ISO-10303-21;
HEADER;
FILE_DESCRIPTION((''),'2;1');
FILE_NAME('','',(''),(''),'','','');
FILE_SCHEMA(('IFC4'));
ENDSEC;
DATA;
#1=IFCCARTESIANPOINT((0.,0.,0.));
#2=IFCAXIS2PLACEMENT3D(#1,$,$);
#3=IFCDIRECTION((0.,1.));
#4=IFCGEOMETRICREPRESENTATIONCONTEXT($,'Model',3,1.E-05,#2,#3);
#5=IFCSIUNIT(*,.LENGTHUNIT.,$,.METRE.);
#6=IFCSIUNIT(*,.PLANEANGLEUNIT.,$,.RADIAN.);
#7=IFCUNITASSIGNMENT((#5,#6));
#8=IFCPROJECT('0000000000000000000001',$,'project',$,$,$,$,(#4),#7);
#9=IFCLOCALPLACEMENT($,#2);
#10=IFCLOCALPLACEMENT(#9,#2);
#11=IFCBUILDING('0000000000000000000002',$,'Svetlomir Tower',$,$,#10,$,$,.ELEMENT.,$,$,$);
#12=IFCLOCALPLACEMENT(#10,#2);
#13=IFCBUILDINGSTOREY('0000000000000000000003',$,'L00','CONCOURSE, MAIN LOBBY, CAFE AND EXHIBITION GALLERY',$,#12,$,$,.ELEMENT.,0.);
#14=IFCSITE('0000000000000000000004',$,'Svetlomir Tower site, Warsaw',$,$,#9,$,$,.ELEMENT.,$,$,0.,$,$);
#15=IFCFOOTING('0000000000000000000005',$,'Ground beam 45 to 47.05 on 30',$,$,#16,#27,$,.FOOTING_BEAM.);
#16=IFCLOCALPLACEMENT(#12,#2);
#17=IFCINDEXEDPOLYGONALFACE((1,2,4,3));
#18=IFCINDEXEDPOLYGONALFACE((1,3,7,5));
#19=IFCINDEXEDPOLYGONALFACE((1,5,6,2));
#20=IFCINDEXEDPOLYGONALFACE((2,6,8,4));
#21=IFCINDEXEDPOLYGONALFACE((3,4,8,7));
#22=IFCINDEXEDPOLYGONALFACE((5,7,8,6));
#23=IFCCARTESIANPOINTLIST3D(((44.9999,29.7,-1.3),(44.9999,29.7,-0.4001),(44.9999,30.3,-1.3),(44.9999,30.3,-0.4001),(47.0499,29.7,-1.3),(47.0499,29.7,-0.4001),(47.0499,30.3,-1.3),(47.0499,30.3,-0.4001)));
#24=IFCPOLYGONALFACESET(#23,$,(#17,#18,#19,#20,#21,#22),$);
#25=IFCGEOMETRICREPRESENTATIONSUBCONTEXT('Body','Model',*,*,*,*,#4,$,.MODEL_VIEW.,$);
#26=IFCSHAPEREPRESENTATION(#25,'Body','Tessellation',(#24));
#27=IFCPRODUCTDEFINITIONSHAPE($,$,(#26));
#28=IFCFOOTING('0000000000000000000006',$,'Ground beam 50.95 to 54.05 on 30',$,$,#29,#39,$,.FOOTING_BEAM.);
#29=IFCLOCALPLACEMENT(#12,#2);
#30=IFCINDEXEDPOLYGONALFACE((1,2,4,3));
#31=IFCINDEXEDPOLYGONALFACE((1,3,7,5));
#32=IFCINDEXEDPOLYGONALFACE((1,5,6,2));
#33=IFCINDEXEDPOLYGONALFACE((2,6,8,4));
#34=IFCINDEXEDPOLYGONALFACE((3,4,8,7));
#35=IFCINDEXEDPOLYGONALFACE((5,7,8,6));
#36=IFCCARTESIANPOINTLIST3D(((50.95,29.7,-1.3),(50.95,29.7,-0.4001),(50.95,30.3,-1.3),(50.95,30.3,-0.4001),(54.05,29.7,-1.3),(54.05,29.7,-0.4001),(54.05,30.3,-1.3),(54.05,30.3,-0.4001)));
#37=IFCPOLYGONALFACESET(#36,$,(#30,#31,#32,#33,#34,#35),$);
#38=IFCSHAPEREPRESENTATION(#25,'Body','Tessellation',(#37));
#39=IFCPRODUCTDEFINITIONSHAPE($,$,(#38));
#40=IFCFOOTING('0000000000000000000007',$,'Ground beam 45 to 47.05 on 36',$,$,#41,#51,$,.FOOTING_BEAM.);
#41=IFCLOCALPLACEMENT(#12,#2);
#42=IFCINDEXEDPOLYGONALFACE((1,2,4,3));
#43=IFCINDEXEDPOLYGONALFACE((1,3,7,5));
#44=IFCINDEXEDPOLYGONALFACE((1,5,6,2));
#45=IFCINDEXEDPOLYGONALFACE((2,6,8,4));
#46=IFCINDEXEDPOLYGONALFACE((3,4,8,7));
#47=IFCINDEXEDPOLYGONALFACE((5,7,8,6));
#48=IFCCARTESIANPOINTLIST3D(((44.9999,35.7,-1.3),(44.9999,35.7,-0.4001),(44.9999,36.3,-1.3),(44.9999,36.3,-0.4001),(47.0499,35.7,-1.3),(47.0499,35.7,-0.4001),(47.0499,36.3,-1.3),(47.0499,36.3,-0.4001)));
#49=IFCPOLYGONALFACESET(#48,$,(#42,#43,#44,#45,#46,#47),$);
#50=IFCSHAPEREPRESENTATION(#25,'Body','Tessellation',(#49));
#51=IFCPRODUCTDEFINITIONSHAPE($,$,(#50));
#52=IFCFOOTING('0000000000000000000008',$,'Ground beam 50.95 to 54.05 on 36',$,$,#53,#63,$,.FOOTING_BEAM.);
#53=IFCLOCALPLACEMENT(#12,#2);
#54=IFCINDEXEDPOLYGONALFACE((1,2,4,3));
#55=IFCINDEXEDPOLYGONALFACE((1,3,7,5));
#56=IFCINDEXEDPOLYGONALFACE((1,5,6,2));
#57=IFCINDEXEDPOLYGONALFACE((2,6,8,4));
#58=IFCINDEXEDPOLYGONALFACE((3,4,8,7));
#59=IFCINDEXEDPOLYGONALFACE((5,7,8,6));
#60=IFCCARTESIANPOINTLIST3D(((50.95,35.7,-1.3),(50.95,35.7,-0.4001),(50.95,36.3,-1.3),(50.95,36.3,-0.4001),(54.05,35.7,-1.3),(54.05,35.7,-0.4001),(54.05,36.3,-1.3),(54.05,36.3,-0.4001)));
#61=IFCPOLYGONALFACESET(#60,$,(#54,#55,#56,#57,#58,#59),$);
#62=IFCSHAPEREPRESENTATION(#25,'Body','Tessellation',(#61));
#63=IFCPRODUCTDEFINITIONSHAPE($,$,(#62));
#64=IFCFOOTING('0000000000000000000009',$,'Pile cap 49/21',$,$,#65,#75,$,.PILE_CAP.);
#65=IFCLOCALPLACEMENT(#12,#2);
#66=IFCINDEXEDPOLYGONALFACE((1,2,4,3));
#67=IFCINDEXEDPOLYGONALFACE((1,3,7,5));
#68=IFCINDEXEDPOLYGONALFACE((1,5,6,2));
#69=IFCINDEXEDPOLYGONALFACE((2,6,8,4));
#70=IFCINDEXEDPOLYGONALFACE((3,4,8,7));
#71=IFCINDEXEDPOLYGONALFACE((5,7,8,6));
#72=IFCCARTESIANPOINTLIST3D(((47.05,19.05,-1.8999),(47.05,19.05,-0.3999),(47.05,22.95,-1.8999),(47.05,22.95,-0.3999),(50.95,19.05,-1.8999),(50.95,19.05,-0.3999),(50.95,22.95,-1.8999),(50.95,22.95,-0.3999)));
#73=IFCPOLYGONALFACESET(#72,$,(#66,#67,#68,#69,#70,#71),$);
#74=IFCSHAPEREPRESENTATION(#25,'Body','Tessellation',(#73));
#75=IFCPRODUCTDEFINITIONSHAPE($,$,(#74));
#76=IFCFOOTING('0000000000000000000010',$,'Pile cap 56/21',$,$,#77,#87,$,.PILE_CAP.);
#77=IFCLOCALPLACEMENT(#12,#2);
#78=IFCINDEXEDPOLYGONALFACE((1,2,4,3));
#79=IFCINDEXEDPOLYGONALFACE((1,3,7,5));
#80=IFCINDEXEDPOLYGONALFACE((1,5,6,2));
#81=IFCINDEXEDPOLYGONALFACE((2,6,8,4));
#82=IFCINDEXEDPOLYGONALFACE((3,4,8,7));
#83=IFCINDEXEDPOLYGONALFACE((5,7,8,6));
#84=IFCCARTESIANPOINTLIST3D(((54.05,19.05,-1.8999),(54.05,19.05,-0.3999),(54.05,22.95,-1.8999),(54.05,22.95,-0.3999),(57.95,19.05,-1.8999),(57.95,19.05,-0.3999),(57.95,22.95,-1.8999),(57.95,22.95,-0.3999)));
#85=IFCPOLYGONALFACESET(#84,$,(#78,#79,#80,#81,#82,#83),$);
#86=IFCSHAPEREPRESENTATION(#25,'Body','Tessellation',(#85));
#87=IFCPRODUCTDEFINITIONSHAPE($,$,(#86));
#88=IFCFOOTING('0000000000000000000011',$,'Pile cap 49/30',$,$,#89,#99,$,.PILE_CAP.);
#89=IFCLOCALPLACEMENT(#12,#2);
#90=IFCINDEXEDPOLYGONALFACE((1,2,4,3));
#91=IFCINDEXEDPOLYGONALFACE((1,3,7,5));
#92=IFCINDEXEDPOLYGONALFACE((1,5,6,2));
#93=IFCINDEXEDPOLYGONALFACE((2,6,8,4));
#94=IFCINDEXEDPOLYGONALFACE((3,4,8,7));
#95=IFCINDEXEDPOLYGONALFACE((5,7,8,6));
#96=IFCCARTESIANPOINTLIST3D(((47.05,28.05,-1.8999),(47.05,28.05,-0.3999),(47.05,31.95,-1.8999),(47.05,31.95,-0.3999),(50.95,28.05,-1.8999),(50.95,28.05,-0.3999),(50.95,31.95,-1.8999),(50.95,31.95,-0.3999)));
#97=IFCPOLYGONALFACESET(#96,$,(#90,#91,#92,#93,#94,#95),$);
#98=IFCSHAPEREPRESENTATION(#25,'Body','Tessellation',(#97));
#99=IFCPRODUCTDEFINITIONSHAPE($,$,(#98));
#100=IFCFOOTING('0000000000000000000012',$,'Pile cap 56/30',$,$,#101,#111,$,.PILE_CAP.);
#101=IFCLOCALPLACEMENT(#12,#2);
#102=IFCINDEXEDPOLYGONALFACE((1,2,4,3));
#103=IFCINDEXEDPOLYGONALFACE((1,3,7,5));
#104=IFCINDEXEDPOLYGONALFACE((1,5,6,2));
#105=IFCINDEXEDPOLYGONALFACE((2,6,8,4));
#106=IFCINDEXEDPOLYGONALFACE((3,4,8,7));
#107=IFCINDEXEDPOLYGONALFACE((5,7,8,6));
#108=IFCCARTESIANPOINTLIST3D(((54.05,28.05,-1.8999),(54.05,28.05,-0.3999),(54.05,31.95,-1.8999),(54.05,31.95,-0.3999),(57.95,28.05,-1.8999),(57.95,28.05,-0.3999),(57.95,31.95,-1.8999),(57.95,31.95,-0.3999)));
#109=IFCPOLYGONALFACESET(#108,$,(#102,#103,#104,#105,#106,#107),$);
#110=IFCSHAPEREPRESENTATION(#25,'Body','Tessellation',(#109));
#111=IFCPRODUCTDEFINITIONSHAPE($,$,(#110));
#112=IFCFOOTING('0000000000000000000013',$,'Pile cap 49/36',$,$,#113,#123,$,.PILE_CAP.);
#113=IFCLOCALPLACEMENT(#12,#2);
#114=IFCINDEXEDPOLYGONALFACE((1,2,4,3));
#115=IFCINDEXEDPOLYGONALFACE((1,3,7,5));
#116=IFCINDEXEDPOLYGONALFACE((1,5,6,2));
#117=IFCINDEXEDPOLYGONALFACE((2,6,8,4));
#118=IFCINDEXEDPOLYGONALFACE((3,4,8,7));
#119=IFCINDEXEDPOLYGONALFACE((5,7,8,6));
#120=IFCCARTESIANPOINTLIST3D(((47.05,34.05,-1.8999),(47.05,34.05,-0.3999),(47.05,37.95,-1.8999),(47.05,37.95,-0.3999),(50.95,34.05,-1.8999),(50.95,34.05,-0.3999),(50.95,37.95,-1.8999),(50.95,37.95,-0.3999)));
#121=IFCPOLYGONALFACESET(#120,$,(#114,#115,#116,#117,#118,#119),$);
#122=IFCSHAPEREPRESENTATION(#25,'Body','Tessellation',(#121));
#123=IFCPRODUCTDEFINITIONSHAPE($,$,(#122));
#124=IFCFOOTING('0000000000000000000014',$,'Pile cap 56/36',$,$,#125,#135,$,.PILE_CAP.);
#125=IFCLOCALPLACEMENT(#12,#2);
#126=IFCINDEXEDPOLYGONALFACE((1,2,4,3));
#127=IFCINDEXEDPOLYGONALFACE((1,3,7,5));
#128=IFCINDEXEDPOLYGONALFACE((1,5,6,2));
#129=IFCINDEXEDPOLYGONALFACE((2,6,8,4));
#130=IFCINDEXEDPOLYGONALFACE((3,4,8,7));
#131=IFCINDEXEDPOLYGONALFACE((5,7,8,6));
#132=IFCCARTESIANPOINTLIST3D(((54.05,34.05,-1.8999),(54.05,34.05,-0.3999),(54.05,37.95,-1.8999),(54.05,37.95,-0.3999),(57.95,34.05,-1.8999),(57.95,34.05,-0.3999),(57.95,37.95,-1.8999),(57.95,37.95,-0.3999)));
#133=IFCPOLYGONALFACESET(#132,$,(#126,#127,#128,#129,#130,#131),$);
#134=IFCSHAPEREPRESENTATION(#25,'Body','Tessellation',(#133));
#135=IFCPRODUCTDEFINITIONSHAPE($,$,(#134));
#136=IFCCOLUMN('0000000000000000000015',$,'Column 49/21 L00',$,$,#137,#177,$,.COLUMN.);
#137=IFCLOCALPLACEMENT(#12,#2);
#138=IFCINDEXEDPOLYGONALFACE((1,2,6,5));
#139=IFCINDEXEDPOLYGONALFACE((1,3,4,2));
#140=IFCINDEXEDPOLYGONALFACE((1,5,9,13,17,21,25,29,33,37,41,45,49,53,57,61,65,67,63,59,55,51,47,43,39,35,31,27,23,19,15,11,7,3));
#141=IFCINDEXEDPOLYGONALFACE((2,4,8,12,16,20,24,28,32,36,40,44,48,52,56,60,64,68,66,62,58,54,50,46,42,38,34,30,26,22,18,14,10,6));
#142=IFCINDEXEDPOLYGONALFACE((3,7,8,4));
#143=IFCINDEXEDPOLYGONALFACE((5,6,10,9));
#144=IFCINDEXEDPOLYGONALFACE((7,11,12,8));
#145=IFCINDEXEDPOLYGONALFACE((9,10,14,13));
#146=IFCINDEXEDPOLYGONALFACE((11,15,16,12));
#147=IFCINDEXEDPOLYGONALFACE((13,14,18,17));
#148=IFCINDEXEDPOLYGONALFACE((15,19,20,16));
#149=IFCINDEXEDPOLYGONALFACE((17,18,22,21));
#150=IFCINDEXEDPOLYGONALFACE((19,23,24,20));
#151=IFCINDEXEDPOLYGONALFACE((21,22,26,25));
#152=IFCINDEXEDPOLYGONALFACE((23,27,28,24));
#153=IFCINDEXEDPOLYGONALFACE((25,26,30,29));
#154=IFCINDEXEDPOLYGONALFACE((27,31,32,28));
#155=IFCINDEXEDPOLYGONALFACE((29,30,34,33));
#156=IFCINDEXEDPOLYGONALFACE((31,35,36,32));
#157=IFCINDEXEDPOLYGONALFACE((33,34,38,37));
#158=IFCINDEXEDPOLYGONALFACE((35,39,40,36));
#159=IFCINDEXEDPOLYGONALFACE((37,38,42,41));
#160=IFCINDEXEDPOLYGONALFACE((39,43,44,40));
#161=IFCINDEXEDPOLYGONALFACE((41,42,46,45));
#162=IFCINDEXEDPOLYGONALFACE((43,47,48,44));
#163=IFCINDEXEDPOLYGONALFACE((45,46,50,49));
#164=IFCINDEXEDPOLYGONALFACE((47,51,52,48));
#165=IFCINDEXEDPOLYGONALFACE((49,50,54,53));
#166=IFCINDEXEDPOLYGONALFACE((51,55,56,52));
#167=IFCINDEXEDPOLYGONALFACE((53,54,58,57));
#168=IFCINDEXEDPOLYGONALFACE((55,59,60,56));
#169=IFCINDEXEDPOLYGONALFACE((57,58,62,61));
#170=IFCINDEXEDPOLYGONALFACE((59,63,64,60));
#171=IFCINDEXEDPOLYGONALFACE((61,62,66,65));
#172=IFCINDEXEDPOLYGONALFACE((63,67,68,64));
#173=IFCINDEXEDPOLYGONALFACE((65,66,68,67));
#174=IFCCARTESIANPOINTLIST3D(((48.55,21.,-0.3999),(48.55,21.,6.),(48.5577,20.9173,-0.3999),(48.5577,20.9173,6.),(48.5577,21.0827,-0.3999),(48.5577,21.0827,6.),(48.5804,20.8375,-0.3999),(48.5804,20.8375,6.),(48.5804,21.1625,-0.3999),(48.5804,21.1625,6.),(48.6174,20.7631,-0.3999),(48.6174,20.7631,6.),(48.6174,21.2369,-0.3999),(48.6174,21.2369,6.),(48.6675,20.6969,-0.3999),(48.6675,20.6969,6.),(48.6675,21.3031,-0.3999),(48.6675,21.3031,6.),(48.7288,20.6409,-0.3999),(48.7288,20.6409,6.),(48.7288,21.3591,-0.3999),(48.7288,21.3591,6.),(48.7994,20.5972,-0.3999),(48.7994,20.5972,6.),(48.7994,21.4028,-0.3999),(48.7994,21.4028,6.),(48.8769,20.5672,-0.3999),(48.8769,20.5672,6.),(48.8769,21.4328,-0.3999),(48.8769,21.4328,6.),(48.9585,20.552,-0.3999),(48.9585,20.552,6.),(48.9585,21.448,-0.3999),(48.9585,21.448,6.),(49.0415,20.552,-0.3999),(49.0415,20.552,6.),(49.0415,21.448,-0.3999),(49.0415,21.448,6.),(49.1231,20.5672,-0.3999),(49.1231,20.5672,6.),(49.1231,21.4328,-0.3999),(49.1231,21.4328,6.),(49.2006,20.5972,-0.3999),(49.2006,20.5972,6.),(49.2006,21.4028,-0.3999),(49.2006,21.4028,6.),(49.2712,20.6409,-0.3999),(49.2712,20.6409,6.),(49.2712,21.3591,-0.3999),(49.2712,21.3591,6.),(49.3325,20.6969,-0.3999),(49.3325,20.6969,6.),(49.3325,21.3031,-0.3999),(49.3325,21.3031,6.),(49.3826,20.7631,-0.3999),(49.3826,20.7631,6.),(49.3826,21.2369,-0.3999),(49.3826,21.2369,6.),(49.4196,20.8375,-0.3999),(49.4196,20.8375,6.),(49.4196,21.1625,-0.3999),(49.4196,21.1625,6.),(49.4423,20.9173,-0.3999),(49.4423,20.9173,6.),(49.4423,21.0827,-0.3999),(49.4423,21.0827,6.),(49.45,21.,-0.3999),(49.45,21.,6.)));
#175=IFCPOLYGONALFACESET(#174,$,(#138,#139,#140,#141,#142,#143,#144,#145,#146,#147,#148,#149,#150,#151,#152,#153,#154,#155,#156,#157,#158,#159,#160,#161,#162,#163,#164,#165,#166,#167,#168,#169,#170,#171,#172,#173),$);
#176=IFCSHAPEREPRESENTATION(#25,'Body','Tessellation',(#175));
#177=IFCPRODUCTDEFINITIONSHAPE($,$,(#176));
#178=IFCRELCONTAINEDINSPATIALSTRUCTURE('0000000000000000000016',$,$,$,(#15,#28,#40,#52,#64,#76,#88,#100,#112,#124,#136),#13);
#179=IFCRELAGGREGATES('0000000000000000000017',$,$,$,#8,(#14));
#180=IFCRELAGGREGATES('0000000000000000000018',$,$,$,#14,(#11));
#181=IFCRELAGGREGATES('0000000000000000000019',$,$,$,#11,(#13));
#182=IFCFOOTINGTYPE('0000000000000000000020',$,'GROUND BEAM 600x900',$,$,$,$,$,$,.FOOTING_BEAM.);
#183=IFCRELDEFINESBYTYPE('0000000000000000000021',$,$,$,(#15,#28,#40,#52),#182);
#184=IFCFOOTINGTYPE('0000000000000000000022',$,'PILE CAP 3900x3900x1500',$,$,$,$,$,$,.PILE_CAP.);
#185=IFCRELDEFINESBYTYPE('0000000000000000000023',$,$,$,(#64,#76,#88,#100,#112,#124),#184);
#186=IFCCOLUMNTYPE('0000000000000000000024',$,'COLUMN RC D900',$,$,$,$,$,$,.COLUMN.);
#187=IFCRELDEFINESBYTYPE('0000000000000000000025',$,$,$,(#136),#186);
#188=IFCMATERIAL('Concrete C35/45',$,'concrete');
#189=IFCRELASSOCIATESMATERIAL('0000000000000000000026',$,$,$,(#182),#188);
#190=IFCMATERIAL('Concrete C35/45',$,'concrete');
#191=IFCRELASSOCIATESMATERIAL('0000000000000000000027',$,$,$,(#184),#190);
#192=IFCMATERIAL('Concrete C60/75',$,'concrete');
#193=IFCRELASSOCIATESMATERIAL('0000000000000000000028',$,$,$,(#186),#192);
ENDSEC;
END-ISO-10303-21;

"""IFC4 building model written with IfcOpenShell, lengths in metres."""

from ifc_helpers import new_model, si_unit, direction, frame, origin, origin_2d, place, context, subcontext, project, spatial, rectangle, circle, extrude, material, material_profile, profile_set, type_object, element, save


model = new_model("IFC4")

# Units and contexts
model_context = context("Model", 3, precision=1e-05, world=origin(), true_north=direction((0.0, 1.0)))
body_context = subcontext(model_context, "Body", "Model", "MODEL_VIEW")
ifc_project = project(units=[si_unit("LENGTHUNIT", "METRE"), si_unit("PLANEANGLEUNIT", "RADIAN")], contexts=[model_context])

# Site, building, storey
site_placement = place(None, origin())
site = spatial("IfcSite", under=ifc_project, at=site_placement, Name="Svetlomir Tower site, Warsaw", CompositionType="ELEMENT", RefElevation=0.0)
building_placement = place(site_placement, origin())
building = spatial("IfcBuilding", under=site, at=building_placement, Name="Svetlomir Tower", CompositionType="ELEMENT")
storey_placement = place(building_placement, origin())
storey = spatial("IfcBuildingStorey", under=building, at=storey_placement, Name="L00", Description="CONCOURSE, MAIN LOBBY, CAFE AND EXHIBITION GALLERY", CompositionType="ELEMENT", Elevation=0.0)

# Footings
ifc_material_1 = material(Name="Concrete C35/45", Category="concrete")
footing_type_1 = type_object("IfcFootingType", Name="GROUND BEAM 600x900", PredefinedType="FOOTING_BEAM", material=ifc_material_1)
footing_1_placement = place(storey_placement, frame((46.0249, 30.0, -1.3), z_axis=(0.0, 0.0, 1.0), x_axis=(1.0, 0.0, 0.0)))
element("IfcFooting", 1, at=footing_1_placement, inside=storey, type_object=footing_type_1, Name="Ground beam 45 to 47.05 on 30", PredefinedType="FOOTING_BEAM", context=body_context, shape_type="SweptSolid", body=[
    extrude(rectangle(XDim=2.05, YDim=0.6001, at=origin_2d()), origin(), (0.0, 0.0, 1.0), 0.8999),
])
footing_2_placement = place(storey_placement, frame((52.5, 30.0, -1.3), z_axis=(0.0, 0.0, 1.0), x_axis=(1.0, 0.0, 0.0)))
element("IfcFooting", 2, at=footing_2_placement, inside=storey, type_object=footing_type_1, Name="Ground beam 50.95 to 54.05 on 30", PredefinedType="FOOTING_BEAM", context=body_context, shape_type="SweptSolid", body=[
    extrude(rectangle(XDim=3.1001, YDim=0.6001, at=origin_2d()), origin(), (0.0, 0.0, 1.0), 0.8999),
])
footing_3_placement = place(storey_placement, frame((46.0249, 36.0, -1.3), z_axis=(0.0, 0.0, 1.0), x_axis=(1.0, 0.0, 0.0)))
element("IfcFooting", 3, at=footing_3_placement, inside=storey, type_object=footing_type_1, Name="Ground beam 45 to 47.05 on 36", PredefinedType="FOOTING_BEAM", context=body_context, shape_type="SweptSolid", body=[
    extrude(rectangle(XDim=2.05, YDim=0.6001, at=origin_2d()), origin(), (0.0, 0.0, 1.0), 0.8999),
])
footing_4_placement = place(storey_placement, frame((52.5, 36.0, -1.3), z_axis=(0.0, 0.0, 1.0), x_axis=(1.0, 0.0, 0.0)))
element("IfcFooting", 4, at=footing_4_placement, inside=storey, type_object=footing_type_1, Name="Ground beam 50.95 to 54.05 on 36", PredefinedType="FOOTING_BEAM", context=body_context, shape_type="SweptSolid", body=[
    extrude(rectangle(XDim=3.1001, YDim=0.6001, at=origin_2d()), origin(), (0.0, 0.0, 1.0), 0.8999),
])
ifc_material_2 = material(Name="Concrete C35/45", Category="concrete")
footing_type_2 = type_object("IfcFootingType", Name="PILE CAP 3900x3900x1500", PredefinedType="PILE_CAP", material=ifc_material_2)
for number, where, z_axis, x_axis, name in (
    (5, (49.0, 21.0, -1.8999), (0.0, 0.0, 1.0), (1.0, 0.0, 0.0), "Pile cap 49/21"),
    (6, (56.0, 21.0, -1.8999), (0.0, 0.0, 1.0), (1.0, 0.0, 0.0), "Pile cap 56/21"),
    (7, (49.0, 30.0, -1.8999), (0.0, 0.0, 1.0), (1.0, 0.0, 0.0), "Pile cap 49/30"),
    (8, (56.0, 30.0, -1.8999), (0.0, 0.0, 1.0), (1.0, 0.0, 0.0), "Pile cap 56/30"),
    (9, (49.0, 36.0, -1.8999), (0.0, 0.0, 1.0), (1.0, 0.0, 0.0), "Pile cap 49/36"),
    (10, (56.0, 36.0, -1.8999), (0.0, 0.0, 1.0), (1.0, 0.0, 0.0), "Pile cap 56/36"),
):
    element("IfcFooting", number, at=place(storey_placement, frame(where, z_axis=z_axis, x_axis=x_axis)), inside=storey, type_object=footing_type_2, Name=name, PredefinedType="PILE_CAP", context=body_context, shape_type="SweptSolid", body=[
        extrude(rectangle(XDim=3.8999, YDim=3.8999, at=origin_2d()), origin(), (0.0, 0.0, 1.0), 1.5),
    ])

# Column
ifc_material_3 = material(Name="Concrete C60/75", Category="concrete")
ifc_material_profile_1 = material_profile(ifc_material_3, circle(Radius=0.45, at=origin_2d()), Name="RC D900")
ifc_profile_set_1 = profile_set([ifc_material_profile_1], Name="Concrete C60/75")
column_type = type_object("IfcColumnType", Name="COLUMN RC D900", PredefinedType="COLUMN", material=ifc_profile_set_1)
for number, where, z_axis, x_axis, name in (
    (11, (49.0, 21.0, -0.3999), (0.0, 0.0, 1.0), (1.0, 0.0, 0.0), "Column 49/21 L00"),
):
    element("IfcColumn", number, at=place(storey_placement, frame(where, z_axis=z_axis, x_axis=x_axis)), inside=storey, type_object=column_type, Name=name, PredefinedType="COLUMN", context=body_context, shape_type="SweptSolid", body=[
        extrude(circle(Radius=0.45, at=origin_2d()), origin(), (0.0, 0.0, 1.0), 6.3999),
    ])

save(model, "model.ifc")
